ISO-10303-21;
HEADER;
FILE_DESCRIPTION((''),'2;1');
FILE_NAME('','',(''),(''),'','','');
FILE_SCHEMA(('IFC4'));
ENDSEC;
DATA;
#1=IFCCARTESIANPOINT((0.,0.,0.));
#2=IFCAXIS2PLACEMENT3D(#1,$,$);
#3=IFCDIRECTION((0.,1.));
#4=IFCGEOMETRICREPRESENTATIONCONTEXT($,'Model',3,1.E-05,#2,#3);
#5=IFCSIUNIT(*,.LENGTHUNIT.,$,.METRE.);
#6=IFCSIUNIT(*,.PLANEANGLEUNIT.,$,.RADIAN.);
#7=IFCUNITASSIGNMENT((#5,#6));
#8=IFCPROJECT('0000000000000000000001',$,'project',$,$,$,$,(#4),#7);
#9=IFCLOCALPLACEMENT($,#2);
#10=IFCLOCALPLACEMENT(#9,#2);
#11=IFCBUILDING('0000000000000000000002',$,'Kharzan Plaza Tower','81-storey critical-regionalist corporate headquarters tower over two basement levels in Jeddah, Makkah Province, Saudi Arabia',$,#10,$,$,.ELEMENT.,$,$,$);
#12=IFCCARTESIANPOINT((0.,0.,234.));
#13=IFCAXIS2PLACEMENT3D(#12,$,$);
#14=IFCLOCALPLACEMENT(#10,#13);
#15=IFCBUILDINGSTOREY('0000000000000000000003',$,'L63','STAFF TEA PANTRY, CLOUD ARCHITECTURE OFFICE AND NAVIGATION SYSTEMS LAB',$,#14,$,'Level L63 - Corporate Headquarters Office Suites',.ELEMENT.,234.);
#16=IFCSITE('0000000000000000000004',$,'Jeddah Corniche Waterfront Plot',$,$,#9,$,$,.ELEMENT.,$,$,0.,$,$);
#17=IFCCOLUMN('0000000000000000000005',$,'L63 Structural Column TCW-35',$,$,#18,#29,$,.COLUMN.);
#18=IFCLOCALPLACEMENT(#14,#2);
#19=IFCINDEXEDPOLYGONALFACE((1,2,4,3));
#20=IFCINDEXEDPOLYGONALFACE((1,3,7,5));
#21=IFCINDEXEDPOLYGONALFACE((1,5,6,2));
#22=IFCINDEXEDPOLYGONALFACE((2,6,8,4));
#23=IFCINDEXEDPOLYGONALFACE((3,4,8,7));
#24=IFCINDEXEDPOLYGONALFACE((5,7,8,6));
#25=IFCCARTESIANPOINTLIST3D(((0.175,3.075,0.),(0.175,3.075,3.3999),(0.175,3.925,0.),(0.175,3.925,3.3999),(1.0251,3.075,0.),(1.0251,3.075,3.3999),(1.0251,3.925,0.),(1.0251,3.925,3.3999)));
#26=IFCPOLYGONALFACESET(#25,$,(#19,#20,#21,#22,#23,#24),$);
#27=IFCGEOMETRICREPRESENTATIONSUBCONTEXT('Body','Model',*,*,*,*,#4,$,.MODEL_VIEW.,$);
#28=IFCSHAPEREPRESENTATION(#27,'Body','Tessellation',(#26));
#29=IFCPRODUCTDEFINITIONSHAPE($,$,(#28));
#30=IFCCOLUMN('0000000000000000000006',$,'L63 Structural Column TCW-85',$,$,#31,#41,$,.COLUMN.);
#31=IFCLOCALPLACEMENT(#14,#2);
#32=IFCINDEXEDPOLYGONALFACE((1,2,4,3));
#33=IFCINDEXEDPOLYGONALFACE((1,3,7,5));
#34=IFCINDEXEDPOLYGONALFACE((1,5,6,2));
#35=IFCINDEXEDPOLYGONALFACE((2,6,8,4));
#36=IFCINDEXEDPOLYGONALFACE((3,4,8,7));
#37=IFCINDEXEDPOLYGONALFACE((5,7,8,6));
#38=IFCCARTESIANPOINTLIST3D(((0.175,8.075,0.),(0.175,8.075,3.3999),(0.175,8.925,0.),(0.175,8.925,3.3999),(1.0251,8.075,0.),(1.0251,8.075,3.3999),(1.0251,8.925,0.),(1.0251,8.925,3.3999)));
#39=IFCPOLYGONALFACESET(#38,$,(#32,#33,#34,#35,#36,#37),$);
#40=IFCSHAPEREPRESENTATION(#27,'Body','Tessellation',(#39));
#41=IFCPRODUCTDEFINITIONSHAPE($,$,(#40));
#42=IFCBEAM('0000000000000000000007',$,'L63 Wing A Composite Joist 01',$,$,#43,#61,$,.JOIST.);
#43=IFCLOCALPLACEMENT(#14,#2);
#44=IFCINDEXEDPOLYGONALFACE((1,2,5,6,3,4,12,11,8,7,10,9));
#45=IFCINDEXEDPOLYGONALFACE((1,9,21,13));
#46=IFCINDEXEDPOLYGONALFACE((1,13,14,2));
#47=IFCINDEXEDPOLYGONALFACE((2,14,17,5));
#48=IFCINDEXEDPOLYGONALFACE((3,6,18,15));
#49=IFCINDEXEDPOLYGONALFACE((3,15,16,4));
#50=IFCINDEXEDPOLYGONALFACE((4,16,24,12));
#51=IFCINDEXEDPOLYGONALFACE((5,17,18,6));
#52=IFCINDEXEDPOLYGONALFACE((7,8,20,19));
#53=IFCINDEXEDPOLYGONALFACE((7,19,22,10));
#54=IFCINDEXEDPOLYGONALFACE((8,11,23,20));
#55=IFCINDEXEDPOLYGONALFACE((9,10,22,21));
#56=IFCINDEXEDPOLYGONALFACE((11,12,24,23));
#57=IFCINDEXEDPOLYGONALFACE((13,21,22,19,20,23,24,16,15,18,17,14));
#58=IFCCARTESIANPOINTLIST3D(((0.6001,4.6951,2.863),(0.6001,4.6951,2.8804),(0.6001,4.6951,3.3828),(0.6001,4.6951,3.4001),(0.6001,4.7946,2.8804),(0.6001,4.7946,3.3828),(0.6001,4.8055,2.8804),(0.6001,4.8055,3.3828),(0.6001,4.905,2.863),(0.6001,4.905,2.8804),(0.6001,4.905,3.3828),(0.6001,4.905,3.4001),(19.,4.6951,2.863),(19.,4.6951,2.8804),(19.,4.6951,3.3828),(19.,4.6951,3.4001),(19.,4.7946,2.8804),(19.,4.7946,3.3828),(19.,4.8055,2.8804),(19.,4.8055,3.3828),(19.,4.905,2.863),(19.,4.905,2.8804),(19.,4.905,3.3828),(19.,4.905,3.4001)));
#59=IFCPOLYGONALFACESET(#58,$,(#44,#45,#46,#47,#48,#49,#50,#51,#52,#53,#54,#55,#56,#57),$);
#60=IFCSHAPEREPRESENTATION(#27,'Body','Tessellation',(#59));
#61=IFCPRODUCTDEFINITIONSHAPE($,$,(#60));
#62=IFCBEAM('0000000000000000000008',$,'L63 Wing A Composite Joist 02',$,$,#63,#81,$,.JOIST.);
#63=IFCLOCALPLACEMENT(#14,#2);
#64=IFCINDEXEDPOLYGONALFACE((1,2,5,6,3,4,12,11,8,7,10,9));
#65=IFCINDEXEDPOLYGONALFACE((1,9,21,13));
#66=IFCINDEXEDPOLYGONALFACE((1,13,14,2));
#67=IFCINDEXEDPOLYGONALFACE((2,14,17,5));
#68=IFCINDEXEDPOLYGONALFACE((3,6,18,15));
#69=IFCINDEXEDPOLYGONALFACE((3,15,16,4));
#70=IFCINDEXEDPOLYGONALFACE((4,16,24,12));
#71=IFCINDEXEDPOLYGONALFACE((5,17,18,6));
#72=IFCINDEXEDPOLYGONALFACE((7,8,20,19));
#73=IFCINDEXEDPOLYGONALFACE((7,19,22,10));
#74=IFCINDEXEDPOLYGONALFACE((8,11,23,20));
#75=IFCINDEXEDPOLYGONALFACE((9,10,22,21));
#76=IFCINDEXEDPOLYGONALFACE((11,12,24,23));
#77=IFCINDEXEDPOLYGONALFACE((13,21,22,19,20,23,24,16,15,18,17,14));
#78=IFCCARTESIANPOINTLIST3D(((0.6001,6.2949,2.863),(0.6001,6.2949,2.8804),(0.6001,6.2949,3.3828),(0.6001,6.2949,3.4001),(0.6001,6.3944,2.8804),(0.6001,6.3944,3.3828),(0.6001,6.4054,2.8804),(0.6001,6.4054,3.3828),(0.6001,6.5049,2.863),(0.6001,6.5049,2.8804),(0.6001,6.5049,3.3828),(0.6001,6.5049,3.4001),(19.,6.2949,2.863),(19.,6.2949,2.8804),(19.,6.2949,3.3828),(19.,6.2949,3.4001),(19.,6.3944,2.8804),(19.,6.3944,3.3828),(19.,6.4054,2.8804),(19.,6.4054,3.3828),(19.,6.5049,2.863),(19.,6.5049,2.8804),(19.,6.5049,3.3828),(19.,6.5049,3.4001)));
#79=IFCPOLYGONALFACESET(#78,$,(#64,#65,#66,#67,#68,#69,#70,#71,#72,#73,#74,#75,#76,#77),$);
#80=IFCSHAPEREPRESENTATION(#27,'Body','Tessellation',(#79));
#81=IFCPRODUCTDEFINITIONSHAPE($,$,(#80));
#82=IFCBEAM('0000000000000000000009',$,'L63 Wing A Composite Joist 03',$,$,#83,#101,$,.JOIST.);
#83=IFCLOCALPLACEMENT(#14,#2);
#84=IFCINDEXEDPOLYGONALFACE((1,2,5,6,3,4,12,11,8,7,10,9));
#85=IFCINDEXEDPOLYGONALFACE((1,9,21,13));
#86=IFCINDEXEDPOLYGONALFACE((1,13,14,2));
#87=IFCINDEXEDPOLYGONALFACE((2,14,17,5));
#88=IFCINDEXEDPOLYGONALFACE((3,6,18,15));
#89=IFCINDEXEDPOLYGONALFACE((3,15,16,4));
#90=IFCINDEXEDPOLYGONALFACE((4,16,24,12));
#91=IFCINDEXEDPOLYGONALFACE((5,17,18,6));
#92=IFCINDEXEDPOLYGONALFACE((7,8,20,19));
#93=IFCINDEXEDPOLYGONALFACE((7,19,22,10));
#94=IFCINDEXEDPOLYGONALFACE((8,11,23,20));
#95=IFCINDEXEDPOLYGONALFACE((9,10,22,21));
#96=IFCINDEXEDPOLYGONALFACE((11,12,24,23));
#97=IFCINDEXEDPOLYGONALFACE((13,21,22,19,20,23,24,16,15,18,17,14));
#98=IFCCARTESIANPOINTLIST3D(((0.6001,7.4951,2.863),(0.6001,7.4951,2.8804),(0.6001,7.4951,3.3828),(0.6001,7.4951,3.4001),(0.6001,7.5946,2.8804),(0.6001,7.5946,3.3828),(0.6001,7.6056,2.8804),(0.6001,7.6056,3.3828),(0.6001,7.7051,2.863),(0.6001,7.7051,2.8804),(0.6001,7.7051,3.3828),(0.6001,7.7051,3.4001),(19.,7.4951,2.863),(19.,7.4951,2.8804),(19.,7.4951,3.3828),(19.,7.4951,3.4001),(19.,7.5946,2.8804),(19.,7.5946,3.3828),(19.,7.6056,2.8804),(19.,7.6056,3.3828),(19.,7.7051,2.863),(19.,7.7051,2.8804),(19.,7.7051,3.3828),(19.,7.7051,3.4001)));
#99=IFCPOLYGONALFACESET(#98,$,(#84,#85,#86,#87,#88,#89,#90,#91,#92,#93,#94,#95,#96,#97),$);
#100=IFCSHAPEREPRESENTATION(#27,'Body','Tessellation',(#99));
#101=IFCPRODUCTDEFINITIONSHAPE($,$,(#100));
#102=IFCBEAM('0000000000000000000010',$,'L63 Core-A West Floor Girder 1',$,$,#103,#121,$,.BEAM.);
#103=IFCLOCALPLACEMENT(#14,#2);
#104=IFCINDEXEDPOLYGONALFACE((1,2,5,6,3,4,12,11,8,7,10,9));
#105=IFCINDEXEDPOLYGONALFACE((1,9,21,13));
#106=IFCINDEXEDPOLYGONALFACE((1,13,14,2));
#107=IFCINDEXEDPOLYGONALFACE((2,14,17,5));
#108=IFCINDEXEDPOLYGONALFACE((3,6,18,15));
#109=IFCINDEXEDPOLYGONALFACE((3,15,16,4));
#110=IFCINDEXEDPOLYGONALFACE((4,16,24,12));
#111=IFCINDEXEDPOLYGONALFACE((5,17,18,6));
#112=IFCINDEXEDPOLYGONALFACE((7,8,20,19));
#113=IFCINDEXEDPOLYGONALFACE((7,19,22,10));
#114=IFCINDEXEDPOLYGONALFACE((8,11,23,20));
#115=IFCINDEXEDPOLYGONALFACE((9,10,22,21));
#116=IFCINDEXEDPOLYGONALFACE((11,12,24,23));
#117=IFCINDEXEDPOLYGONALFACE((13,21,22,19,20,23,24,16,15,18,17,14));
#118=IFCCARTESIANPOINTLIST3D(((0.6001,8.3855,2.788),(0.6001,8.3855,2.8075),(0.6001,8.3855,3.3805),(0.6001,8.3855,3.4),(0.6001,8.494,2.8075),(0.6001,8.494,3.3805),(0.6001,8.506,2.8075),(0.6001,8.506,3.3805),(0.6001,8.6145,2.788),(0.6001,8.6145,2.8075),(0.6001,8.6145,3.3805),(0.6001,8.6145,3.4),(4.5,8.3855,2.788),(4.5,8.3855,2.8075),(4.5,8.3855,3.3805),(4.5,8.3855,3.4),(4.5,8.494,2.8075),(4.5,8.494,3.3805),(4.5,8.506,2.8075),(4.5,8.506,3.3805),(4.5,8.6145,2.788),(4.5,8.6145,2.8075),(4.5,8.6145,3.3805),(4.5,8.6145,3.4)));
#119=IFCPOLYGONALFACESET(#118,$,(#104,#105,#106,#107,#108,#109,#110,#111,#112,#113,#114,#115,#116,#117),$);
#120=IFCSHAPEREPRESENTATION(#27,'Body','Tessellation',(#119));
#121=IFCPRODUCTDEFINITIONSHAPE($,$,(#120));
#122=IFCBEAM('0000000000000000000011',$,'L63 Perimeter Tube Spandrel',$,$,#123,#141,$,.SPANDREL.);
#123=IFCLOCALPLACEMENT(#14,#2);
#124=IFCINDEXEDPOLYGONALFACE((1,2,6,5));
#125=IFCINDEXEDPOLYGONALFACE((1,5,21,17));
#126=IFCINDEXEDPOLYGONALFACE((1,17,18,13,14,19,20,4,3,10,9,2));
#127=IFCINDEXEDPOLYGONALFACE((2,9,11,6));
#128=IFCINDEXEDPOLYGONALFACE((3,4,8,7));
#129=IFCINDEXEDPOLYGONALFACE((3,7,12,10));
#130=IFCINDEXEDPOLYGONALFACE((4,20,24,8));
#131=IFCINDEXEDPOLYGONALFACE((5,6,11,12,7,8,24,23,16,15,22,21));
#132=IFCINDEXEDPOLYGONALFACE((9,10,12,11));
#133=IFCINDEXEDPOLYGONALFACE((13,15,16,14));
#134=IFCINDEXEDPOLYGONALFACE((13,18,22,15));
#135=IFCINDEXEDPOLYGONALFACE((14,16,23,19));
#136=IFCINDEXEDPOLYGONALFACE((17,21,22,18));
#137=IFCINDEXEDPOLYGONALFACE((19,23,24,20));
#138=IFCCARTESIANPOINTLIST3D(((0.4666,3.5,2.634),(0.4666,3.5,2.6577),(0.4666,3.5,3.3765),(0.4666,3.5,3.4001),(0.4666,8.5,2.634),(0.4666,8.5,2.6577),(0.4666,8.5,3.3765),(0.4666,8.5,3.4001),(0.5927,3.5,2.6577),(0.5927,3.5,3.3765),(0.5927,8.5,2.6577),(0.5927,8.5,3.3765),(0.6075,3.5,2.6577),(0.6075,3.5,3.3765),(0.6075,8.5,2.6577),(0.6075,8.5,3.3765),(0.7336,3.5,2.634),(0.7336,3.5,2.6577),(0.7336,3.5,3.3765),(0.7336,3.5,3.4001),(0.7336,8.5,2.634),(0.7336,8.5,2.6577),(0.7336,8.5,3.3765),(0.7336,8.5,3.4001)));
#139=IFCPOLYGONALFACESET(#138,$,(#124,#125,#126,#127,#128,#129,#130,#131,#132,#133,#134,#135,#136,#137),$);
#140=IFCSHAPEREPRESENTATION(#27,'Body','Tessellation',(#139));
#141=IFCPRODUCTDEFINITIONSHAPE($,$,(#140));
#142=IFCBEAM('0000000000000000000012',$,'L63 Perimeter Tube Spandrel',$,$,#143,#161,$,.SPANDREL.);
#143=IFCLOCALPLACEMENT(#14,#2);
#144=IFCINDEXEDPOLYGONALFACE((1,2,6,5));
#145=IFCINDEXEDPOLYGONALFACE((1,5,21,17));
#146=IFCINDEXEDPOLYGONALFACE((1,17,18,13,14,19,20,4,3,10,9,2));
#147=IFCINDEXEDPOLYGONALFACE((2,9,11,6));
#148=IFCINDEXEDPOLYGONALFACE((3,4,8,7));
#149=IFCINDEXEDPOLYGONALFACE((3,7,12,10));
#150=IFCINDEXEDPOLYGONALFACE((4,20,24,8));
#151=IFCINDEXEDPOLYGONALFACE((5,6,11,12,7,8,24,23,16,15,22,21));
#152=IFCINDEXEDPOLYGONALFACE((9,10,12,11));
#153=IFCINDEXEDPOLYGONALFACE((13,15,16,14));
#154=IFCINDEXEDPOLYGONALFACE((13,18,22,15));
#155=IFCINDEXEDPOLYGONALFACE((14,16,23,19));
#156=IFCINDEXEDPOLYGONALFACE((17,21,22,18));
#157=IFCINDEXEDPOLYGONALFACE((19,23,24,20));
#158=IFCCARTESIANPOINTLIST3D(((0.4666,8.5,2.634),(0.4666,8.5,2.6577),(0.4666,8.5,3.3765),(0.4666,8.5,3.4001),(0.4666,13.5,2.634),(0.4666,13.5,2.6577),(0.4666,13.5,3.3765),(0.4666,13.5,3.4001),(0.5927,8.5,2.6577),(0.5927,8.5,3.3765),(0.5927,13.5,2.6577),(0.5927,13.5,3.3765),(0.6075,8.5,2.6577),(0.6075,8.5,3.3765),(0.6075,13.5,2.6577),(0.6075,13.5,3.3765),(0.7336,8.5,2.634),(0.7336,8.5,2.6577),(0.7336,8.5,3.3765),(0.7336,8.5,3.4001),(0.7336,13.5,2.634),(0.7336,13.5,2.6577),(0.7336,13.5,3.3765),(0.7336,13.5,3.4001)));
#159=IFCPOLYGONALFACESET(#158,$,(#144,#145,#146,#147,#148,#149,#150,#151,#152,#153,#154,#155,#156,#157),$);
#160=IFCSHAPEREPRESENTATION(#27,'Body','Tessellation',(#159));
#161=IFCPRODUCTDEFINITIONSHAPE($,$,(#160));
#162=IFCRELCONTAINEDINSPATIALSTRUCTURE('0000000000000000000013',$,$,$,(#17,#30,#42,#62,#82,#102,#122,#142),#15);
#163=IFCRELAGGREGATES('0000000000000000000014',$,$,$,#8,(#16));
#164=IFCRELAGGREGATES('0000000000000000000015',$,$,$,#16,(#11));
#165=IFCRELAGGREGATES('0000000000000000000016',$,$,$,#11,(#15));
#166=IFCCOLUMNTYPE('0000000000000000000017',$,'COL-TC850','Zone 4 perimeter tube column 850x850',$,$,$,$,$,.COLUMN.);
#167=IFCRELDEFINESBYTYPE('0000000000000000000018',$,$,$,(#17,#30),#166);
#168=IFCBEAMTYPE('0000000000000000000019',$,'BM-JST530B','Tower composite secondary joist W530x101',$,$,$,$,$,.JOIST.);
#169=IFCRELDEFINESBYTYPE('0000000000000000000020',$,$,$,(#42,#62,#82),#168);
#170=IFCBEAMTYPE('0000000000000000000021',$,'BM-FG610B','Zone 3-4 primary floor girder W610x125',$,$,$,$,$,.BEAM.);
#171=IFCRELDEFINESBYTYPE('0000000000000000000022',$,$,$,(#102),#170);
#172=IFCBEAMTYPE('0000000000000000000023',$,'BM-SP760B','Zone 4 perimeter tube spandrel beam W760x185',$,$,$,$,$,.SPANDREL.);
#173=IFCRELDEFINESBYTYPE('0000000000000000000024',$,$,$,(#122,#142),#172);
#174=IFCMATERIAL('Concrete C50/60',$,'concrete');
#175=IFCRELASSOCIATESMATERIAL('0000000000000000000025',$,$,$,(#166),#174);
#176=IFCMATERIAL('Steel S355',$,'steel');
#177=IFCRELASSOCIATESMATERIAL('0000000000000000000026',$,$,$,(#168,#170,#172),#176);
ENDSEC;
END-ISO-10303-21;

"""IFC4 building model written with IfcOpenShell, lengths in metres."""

from ifc_helpers import new_model, si_unit, direction, frame, origin, origin_2d, place, context, subcontext, project, spatial, rectangle, i_section, extrude, source, transform, mapped, material, material_profile, profile_set, type_object, element, save


model = new_model("IFC4")

# Units and contexts
model_context = context("Model", 3, precision=1e-05, world=origin(), true_north=direction((0.0, 1.0)))
body_context = subcontext(model_context, "Body", "Model", "MODEL_VIEW")
ifc_project = project(units=[si_unit("LENGTHUNIT", "METRE"), si_unit("PLANEANGLEUNIT", "RADIAN")], contexts=[model_context])

# Site, building, storey
site_placement = place(None, origin())
site = spatial("IfcSite", under=ifc_project, at=site_placement, Name="Jeddah Corniche Waterfront Plot", CompositionType="ELEMENT", RefElevation=0.0)
building_placement = place(site_placement, origin())
building = spatial("IfcBuilding", under=site, at=building_placement, Name="Kharzan Plaza Tower", Description="81-storey critical-regionalist corporate headquarters tower over two basement levels in Jeddah, Makkah Province, Saudi Arabia", CompositionType="ELEMENT")
storey_placement = place(building_placement, frame((0.0, 0.0, 234.0)))
storey = spatial("IfcBuildingStorey", under=building, at=storey_placement, Name="L63", Description="STAFF TEA PANTRY, CLOUD ARCHITECTURE OFFICE AND NAVIGATION SYSTEMS LAB", LongName="Level L63 - Corporate Headquarters Office Suites", CompositionType="ELEMENT", Elevation=234.0)

# Columns
ifc_material_1 = material(Name="Concrete C50/60", Category="concrete")
ifc_material_profile_1 = material_profile(ifc_material_1, rectangle(XDim=0.8501, YDim=0.8501, at=origin_2d()), Name="RC-TC850x850")
ifc_profile_set_1 = profile_set([ifc_material_profile_1], Name="Concrete C50/60")
column_type = type_object("IfcColumnType", Name="COL-TC850", Description="Zone 4 perimeter tube column 850x850", PredefinedType="COLUMN", material=ifc_profile_set_1)
shared_shape_1 = source(origin(), body_context, "Body", "SweptSolid", [
    extrude(rectangle(XDim=0.8501, YDim=0.8501, at=origin_2d()), origin(), (0.0, 0.0, 1.0), 3.3999),
])
for number, where, z_axis, x_axis, name in (
    (1, (0.6001, 3.5, 0.0), (0.0, 0.0, 1.0), (1.0, 0.0, 0.0), "L63 Structural Column TCW-35"),
    (2, (0.6001, 8.5, 0.0), (0.0, 0.0, 1.0), (1.0, 0.0, 0.0), "L63 Structural Column TCW-85"),
):
    element("IfcColumn", number, at=place(storey_placement, frame(where, z_axis=z_axis, x_axis=x_axis)), inside=storey, type_object=column_type, Name=name, PredefinedType="COLUMN", context=body_context, shape_type="MappedRepresentation", body=[
        mapped(shared_shape_1, transform((0.0, 0.0, 0.0), x_axis=(1.0, 0.0, 0.0), y_axis=(0.0, 1.0, 0.0), z_axis=(0.0, 0.0, 1.0))),
    ])

# Beams
ifc_material_2 = material(Name="Steel S355", Category="steel")
ifc_material_profile_2 = material_profile(ifc_material_2, i_section(OverallWidth=0.21, OverallDepth=0.5371, WebThickness=0.011, FlangeThickness=0.0173, at=origin_2d()), Name="W530x101")
ifc_profile_set_2 = profile_set([ifc_material_profile_2], Name="Steel S355")
beam_type_1 = type_object("IfcBeamType", Name="BM-JST530B", Description="Tower composite secondary joist W530x101", PredefinedType="JOIST", material=ifc_profile_set_2)
shared_shape_2 = source(origin(), body_context, "Body", "SweptSolid", [
    extrude(i_section(OverallWidth=0.21, OverallDepth=0.5371, WebThickness=0.011, FlangeThickness=0.0173, at=origin_2d()), origin(), (0.0, 0.0, 1.0), 18.3999),
])
for number, where, z_axis, x_axis, name in (
    (3, (0.6001, 4.8, 3.1316), (1.0, 0.0, 0.0), (0.0, 1.0, 0.0), "L63 Wing A Composite Joist 01"),
    (4, (0.6001, 6.3999, 3.1316), (1.0, 0.0, 0.0), (0.0, 1.0, 0.0), "L63 Wing A Composite Joist 02"),
    (5, (0.6001, 7.6001, 3.1316), (1.0, 0.0, 0.0), (0.0, 1.0, 0.0), "L63 Wing A Composite Joist 03"),
):
    element("IfcBeam", number, at=place(storey_placement, frame(where, z_axis=z_axis, x_axis=x_axis)), inside=storey, type_object=beam_type_1, Name=name, PredefinedType="JOIST", context=body_context, shape_type="MappedRepresentation", body=[
        mapped(shared_shape_2, transform((0.0, 0.0, 0.0), x_axis=(1.0, 0.0, 0.0), y_axis=(0.0, 1.0, 0.0), z_axis=(0.0, 0.0, 1.0))),
    ])
ifc_material_profile_3 = material_profile(ifc_material_2, i_section(OverallWidth=0.229, OverallDepth=0.6121, WebThickness=0.012, FlangeThickness=0.0195, at=origin_2d()), Name="W610x125")
ifc_profile_set_3 = profile_set([ifc_material_profile_3], Name="Steel S355")
beam_type_2 = type_object("IfcBeamType", Name="BM-FG610B", Description="Zone 3-4 primary floor girder W610x125", PredefinedType="BEAM", material=ifc_profile_set_3)
shared_shape_3 = source(origin(), body_context, "Body", "SweptSolid", [
    extrude(i_section(OverallWidth=0.229, OverallDepth=0.6121, WebThickness=0.012, FlangeThickness=0.0195, at=origin_2d()), origin(), (0.0, 0.0, 1.0), 3.8999),
])
beam_placement = place(storey_placement, frame((0.6001, 8.5, 3.094), z_axis=(1.0, 0.0, 0.0), x_axis=(0.0, 1.0, 0.0)))
element("IfcBeam", 6, at=beam_placement, inside=storey, type_object=beam_type_2, Name="L63 Core-A West Floor Girder 1", PredefinedType="BEAM", context=body_context, shape_type="MappedRepresentation", body=[
    mapped(shared_shape_3, transform((0.0, 0.0, 0.0), x_axis=(1.0, 0.0, 0.0), y_axis=(0.0, 1.0, 0.0), z_axis=(0.0, 0.0, 1.0))),
])
ifc_material_profile_4 = material_profile(ifc_material_2, i_section(OverallWidth=0.2671, OverallDepth=0.7661, WebThickness=0.0149, FlangeThickness=0.0237, at=origin_2d()), Name="W760x185")
ifc_profile_set_4 = profile_set([ifc_material_profile_4], Name="Steel S355")
beam_type_3 = type_object("IfcBeamType", Name="BM-SP760B", Description="Zone 4 perimeter tube spandrel beam W760x185", PredefinedType="SPANDREL", material=ifc_profile_set_4)
shared_shape_4 = source(origin(), body_context, "Body", "SweptSolid", [
    extrude(i_section(OverallWidth=0.2671, OverallDepth=0.7661, WebThickness=0.0149, FlangeThickness=0.0237, at=origin_2d()), origin(), (0.0, 0.0, 1.0), 5.0),
])
for number, where, z_axis, x_axis, name in (
    (7, (0.6001, 3.5, 3.0171), (0.0, 1.0, 0.0), (-1.0, 0.0, 0.0), "L63 Perimeter Tube Spandrel"),
    (8, (0.6001, 8.5, 3.0171), (0.0, 1.0, 0.0), (-1.0, 0.0, 0.0), "L63 Perimeter Tube Spandrel"),
):
    element("IfcBeam", number, at=place(storey_placement, frame(where, z_axis=z_axis, x_axis=x_axis)), inside=storey, type_object=beam_type_3, Name=name, PredefinedType="SPANDREL", context=body_context, shape_type="MappedRepresentation", body=[
        mapped(shared_shape_4, transform((0.0, 0.0, 0.0), x_axis=(1.0, 0.0, 0.0), y_axis=(0.0, 1.0, 0.0), z_axis=(0.0, 0.0, 1.0))),
    ])

save(model, "model.ifc")
